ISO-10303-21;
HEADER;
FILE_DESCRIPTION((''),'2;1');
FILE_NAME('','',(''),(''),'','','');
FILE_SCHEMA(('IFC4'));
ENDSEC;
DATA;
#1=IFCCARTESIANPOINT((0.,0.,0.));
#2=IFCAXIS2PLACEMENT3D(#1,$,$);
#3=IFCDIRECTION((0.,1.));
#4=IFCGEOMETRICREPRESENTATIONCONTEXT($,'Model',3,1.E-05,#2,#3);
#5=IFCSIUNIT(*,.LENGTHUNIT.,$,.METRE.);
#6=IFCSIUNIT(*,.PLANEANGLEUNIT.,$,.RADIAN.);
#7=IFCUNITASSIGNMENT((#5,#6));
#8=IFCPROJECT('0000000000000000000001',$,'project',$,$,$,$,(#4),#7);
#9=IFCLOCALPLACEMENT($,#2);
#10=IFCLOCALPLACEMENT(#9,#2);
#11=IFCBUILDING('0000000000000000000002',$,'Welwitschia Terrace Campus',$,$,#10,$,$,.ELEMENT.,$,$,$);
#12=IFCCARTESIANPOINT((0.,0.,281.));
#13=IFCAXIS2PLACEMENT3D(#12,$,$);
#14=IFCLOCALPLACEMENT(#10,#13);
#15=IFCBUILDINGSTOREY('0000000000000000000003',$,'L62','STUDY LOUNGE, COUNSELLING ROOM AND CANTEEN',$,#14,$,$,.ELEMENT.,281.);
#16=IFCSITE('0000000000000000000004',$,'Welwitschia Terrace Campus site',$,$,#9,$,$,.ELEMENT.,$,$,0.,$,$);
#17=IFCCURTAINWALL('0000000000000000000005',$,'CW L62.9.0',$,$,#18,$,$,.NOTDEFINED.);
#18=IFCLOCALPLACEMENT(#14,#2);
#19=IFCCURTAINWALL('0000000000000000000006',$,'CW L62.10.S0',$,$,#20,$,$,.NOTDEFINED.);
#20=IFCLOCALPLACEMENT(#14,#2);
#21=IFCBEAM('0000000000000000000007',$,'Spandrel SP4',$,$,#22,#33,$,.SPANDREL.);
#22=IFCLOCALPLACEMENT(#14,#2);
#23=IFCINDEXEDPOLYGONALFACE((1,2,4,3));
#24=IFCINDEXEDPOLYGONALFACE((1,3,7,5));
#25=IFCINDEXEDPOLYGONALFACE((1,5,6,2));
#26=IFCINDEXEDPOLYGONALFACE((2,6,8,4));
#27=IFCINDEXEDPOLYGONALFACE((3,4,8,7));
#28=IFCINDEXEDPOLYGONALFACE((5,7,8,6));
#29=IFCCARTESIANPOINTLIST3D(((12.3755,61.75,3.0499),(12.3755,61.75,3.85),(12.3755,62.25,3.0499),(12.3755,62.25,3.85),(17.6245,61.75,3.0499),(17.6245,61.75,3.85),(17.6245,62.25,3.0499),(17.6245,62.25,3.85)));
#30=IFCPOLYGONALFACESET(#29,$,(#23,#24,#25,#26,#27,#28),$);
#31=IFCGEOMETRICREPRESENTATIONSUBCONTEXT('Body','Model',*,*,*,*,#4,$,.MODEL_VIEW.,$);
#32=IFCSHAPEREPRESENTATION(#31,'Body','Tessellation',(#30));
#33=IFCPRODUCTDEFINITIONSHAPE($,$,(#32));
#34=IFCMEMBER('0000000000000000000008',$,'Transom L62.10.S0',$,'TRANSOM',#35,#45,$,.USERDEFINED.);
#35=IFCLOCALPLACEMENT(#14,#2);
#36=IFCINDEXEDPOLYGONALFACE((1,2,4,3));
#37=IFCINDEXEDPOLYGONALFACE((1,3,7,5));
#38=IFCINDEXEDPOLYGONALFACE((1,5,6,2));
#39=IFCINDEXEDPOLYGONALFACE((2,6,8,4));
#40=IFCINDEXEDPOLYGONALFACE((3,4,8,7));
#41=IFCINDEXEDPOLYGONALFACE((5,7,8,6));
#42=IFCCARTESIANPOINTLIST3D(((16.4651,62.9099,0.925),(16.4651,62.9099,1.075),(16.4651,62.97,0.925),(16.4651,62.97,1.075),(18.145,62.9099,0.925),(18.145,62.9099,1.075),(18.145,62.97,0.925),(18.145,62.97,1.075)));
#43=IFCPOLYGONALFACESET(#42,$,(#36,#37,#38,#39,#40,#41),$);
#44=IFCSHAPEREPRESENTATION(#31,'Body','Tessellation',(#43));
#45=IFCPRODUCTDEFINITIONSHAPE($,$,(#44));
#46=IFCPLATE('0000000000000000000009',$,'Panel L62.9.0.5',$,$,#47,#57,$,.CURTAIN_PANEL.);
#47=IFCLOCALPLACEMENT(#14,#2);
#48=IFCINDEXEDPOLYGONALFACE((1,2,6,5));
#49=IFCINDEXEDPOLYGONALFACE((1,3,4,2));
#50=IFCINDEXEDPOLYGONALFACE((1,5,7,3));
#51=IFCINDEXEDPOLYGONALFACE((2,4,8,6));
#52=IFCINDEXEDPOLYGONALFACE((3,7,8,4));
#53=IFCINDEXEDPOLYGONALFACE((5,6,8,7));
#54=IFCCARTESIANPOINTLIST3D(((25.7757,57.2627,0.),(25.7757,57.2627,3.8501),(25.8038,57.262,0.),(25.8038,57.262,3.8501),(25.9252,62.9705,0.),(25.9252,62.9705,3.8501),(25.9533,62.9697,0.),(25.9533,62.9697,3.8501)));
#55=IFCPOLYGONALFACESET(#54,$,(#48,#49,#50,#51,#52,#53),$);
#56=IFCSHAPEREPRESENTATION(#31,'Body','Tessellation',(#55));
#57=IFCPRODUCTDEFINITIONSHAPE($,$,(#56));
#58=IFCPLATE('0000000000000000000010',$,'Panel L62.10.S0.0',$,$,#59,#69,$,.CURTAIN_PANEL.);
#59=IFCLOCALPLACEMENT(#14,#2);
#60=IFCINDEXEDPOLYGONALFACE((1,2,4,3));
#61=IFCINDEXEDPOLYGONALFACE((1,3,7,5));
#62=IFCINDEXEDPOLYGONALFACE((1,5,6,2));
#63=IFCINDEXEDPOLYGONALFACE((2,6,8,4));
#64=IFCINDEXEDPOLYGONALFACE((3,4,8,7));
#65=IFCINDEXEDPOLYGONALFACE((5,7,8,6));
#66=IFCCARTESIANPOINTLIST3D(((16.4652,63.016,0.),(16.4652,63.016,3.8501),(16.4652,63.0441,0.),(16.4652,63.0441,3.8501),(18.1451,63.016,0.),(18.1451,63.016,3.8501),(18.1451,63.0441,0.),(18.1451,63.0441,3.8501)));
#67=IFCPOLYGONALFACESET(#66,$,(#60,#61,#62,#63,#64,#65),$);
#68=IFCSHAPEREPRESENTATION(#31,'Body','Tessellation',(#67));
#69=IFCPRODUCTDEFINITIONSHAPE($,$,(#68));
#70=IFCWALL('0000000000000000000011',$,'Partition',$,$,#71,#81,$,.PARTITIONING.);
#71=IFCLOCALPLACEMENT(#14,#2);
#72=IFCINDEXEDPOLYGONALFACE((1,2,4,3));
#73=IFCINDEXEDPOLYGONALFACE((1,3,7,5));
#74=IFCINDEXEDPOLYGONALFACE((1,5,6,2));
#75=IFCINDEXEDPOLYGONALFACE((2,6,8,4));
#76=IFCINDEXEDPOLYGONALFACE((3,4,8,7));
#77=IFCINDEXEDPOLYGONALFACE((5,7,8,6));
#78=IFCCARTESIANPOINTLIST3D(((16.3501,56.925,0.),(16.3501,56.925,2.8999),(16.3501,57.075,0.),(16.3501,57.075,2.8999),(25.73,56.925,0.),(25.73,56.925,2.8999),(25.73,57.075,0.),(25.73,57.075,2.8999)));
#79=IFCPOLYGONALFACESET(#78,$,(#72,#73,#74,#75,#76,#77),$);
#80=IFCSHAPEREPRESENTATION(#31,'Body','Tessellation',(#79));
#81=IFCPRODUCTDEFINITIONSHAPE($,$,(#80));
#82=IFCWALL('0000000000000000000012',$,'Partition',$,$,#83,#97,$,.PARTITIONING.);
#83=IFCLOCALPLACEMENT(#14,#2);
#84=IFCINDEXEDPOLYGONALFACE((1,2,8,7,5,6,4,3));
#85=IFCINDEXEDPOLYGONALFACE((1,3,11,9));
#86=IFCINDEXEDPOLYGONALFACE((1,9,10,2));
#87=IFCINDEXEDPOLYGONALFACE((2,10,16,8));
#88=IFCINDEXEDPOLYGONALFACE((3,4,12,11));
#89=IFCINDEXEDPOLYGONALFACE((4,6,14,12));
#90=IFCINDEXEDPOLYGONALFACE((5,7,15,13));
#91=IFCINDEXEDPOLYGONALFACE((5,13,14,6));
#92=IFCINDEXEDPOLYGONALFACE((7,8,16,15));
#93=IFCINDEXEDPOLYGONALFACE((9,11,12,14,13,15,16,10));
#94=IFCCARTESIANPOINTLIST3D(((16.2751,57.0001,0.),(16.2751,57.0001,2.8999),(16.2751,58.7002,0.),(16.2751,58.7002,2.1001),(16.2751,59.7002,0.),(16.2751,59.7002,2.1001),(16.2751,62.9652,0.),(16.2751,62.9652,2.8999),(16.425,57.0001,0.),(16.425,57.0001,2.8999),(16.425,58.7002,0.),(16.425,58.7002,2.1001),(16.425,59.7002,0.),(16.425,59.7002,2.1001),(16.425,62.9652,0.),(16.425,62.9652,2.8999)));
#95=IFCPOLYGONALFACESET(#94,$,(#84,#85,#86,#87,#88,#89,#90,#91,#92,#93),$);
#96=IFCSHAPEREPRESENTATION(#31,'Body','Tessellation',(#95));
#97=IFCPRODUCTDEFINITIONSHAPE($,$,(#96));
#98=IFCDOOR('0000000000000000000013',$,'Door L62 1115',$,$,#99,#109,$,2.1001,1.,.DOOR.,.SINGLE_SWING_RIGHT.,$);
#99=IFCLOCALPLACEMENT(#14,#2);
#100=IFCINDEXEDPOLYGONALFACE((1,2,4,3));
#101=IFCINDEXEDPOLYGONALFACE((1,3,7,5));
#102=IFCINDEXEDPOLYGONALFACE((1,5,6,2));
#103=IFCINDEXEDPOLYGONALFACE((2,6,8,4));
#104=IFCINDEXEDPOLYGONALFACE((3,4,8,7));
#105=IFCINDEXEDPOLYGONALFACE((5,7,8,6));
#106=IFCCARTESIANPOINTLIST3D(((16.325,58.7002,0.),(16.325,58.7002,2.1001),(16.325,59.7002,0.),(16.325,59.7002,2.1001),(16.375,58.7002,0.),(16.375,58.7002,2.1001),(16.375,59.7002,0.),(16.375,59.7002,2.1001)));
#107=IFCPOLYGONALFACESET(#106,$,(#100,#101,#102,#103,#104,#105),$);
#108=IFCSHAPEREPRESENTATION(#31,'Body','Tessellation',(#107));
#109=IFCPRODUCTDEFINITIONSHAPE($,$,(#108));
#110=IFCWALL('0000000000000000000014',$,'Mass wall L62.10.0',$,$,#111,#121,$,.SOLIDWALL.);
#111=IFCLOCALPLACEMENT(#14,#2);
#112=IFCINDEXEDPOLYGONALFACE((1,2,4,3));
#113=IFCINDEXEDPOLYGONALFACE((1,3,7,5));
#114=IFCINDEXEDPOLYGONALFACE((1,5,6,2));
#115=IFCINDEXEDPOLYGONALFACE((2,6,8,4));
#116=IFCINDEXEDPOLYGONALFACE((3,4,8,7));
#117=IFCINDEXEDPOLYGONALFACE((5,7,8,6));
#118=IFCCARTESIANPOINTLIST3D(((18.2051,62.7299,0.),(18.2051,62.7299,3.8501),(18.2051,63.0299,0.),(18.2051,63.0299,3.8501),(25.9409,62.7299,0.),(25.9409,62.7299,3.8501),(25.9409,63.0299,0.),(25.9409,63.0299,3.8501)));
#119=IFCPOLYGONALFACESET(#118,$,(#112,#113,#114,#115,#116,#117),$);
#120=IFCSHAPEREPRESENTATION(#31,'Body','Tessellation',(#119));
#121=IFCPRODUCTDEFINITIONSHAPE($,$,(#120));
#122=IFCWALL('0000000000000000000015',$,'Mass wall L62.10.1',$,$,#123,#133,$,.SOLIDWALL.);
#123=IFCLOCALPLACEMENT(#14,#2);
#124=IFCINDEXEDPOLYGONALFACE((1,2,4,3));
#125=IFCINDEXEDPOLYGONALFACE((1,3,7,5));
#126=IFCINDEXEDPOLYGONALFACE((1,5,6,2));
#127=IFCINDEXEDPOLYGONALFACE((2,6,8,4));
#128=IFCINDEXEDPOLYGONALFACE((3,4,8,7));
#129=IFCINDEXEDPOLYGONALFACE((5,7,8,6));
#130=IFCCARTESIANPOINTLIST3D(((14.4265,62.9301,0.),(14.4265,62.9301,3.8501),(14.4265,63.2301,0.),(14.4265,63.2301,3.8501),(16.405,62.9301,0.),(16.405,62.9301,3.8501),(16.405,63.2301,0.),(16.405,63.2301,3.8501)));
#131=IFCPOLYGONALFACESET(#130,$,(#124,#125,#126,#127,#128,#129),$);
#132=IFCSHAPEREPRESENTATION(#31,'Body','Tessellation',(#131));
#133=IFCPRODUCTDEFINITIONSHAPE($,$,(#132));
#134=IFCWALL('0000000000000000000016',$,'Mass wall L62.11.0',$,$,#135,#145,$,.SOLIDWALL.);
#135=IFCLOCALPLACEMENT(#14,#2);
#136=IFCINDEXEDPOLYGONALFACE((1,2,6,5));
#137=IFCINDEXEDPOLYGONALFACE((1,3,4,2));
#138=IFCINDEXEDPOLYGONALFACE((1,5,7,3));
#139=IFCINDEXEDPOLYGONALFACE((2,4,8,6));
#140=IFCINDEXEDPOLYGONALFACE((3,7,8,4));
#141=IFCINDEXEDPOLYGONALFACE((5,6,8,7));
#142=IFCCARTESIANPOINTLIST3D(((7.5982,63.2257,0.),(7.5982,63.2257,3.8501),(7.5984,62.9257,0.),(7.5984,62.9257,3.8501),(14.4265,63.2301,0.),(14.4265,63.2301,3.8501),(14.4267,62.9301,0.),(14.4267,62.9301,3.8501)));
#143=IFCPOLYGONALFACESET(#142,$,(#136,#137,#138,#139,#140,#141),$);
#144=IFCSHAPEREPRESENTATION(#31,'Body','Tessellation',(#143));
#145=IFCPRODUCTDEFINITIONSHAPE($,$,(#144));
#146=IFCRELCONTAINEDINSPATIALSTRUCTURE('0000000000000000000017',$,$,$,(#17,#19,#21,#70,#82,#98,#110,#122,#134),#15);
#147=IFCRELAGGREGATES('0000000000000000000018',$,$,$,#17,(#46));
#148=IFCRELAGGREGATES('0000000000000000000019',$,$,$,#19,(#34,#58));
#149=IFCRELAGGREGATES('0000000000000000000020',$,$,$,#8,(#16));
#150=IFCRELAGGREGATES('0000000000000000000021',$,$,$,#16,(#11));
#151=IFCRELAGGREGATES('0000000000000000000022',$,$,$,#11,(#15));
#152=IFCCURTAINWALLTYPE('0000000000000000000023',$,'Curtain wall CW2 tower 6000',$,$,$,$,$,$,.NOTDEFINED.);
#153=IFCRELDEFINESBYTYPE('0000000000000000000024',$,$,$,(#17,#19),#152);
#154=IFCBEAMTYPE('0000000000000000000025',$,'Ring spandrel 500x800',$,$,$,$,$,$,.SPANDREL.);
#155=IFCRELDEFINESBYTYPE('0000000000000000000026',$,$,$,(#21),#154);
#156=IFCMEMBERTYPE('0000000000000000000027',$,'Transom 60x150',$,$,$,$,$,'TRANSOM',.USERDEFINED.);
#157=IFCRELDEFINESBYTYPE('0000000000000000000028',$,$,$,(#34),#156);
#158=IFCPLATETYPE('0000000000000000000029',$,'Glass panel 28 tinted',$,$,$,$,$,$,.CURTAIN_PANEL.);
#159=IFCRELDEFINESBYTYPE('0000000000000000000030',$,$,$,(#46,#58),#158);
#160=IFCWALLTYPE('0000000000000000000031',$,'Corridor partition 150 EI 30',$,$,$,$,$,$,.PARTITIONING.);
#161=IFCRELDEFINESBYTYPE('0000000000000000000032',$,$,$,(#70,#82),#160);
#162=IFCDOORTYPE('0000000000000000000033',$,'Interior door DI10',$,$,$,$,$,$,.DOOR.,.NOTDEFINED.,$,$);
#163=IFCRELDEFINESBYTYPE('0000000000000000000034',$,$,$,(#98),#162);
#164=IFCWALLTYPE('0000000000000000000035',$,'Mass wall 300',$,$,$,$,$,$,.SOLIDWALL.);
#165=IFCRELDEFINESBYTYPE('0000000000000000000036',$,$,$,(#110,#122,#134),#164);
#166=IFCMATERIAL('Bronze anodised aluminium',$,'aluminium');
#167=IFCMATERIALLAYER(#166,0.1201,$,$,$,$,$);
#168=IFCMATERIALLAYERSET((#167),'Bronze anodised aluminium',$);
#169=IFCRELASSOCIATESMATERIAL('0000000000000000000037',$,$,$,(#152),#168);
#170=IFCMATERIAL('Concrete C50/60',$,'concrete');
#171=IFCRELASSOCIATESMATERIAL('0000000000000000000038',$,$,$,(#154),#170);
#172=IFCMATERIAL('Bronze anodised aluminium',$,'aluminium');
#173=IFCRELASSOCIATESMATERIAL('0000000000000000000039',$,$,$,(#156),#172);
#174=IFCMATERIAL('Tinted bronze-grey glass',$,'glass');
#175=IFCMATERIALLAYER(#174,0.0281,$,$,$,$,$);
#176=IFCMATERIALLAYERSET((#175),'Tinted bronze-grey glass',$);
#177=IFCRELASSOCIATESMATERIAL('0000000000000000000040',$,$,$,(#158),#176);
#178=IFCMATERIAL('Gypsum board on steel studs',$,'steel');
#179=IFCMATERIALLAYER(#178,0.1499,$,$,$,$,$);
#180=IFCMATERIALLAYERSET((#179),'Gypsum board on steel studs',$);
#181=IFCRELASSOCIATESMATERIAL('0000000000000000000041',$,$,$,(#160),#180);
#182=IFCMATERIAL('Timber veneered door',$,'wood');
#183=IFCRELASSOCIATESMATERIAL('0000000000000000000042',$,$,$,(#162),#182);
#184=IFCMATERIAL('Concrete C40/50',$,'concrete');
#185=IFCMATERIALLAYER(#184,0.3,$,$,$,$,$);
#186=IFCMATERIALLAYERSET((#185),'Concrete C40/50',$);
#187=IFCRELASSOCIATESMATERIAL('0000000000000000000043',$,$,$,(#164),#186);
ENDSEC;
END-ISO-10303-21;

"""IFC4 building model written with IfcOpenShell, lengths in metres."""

from ifc_helpers import new_model, si_unit, direction, frame, frame_2d, origin, origin_2d, place, context, subcontext, project, spatial, rectangle, extrude, material, layer, layer_set, material_profile, profile_set, type_object, element, fill, aggregate, save


model = new_model("IFC4")

# Units and contexts
model_context = context("Model", 3, precision=1e-05, world=origin(), true_north=direction((0.0, 1.0)))
body_context = subcontext(model_context, "Body", "Model", "MODEL_VIEW")
ifc_project = project(units=[si_unit("LENGTHUNIT", "METRE"), si_unit("PLANEANGLEUNIT", "RADIAN")], contexts=[model_context])

# Site, building, storey
site_placement = place(None, origin())
site = spatial("IfcSite", under=ifc_project, at=site_placement, Name="Welwitschia Terrace Campus site", CompositionType="ELEMENT", RefElevation=0.0)
building_placement = place(site_placement, origin())
building = spatial("IfcBuilding", under=site, at=building_placement, Name="Welwitschia Terrace Campus", CompositionType="ELEMENT")
storey_placement = place(building_placement, frame((0.0, 0.0, 281.0)))
storey = spatial("IfcBuildingStorey", under=building, at=storey_placement, Name="L62", Description="STUDY LOUNGE, COUNSELLING ROOM AND CANTEEN", CompositionType="ELEMENT", Elevation=281.0)

# Curtain walls
ifc_material_1 = material(Name="Bronze anodised aluminium", Category="aluminium")
ifc_layer_1 = layer(ifc_material_1, 0.1201)
ifc_layer_set_1 = layer_set([ifc_layer_1], Name="Bronze anodised aluminium")
curtain_wall_type = type_object("IfcCurtainWallType", Name="Curtain wall CW2 tower 6000", PredefinedType="NOTDEFINED", material=ifc_layer_set_1)
curtain_wall_1_placement = place(storey_placement, origin())
curtain_wall_1 = element("IfcCurtainWall", 1, at=curtain_wall_1_placement, inside=storey, type_object=curtain_wall_type, Name="CW L62.9.0", PredefinedType="NOTDEFINED")
curtain_wall_2_placement = place(storey_placement, origin())
curtain_wall_2 = element("IfcCurtainWall", 2, at=curtain_wall_2_placement, inside=storey, type_object=curtain_wall_type, Name="CW L62.10.S0", PredefinedType="NOTDEFINED")

# Beam
ifc_material_2 = material(Name="Concrete C50/60", Category="concrete")
ifc_material_profile_1 = material_profile(ifc_material_2, rectangle(XDim=0.5, YDim=0.8, at=origin_2d()))
ifc_profile_set_1 = profile_set([ifc_material_profile_1], Name="Concrete C50/60")
beam_type_1 = type_object("IfcBeamType", Name="Ring spandrel 500x800", PredefinedType="SPANDREL", material=ifc_profile_set_1)
beam_1_placement = place(storey_placement, frame((17.6245, 62.0, 3.45), z_axis=(-1.0, 0.0, 0.0), x_axis=(0.0, -1.0, 0.0)))
element("IfcBeam", 3, at=beam_1_placement, inside=storey, type_object=beam_type_1, Name="Spandrel SP4", PredefinedType="SPANDREL", context=body_context, shape_type="SweptSolid", body=[
    extrude(rectangle(XDim=0.5, YDim=0.8, at=origin_2d()), origin(), (0.0, 0.0, 1.0), 5.249),
])

# Member
ifc_material_3 = material(Name="Bronze anodised aluminium", Category="aluminium")
ifc_material_profile_2 = material_profile(ifc_material_3, rectangle(XDim=0.0601, YDim=0.1499, at=origin_2d()))
ifc_profile_set_2 = profile_set([ifc_material_profile_2], Name="Bronze anodised aluminium")
member_type_1 = type_object("IfcMemberType", Name="Transom 60x150", ElementType="TRANSOM", PredefinedType="USERDEFINED", material=ifc_profile_set_2)
member_1_placement = place(storey_placement, frame((18.145, 62.9399, 1.0), z_axis=(-1.0, 0.0, 0.0), x_axis=(0.0, -1.0, 0.0)))
member_1 = element("IfcMember", 4, at=member_1_placement, type_object=member_type_1, Name="Transom L62.10.S0", ObjectType="TRANSOM", PredefinedType="USERDEFINED", context=body_context, shape_type="SweptSolid", body=[
    extrude(rectangle(XDim=0.0601, YDim=0.1499, at=origin_2d()), origin(), (0.0, 0.0, 1.0), 1.6799),
])

# Plates
ifc_material_4 = material(Name="Tinted bronze-grey glass", Category="glass")
ifc_layer_2 = layer(ifc_material_4, 0.0281)
ifc_layer_set_2 = layer_set([ifc_layer_2], Name="Tinted bronze-grey glass")
plate_type = type_object("IfcPlateType", Name="Glass panel 28 tinted", PredefinedType="CURTAIN_PANEL", material=ifc_layer_set_2)
plate_1_placement = place(storey_placement, frame((25.8645, 60.1162, 0.0), z_axis=(0.0, 0.0, 1.0), x_axis=(0.026177, 0.999657, 0.0)))
plate_1 = element("IfcPlate", 5, at=plate_1_placement, type_object=plate_type, Name="Panel L62.9.0.5", PredefinedType="CURTAIN_PANEL", context=body_context, shape_type="SweptSolid", body=[
    extrude(rectangle(XDim=5.7097, YDim=0.0281, at=origin_2d()), origin(), (0.0, 0.0, 1.0), 3.8501),
])
aggregate(curtain_wall_1, [plate_1])
plate_2_placement = place(storey_placement, frame((17.3052, 63.03, 0.0), z_axis=(0.0, 0.0, 1.0), x_axis=(-1.0, 0.0, 0.0)))
plate_2 = element("IfcPlate", 6, at=plate_2_placement, type_object=plate_type, Name="Panel L62.10.S0.0", PredefinedType="CURTAIN_PANEL", context=body_context, shape_type="SweptSolid", body=[
    extrude(rectangle(XDim=1.6799, YDim=0.0281, at=origin_2d()), origin(), (0.0, 0.0, 1.0), 3.8501),
])
aggregate(curtain_wall_2, [member_1, plate_2])

# Wall
ifc_material_5 = material(Name="Gypsum board on steel studs", Category="steel")
ifc_layer_3 = layer(ifc_material_5, 0.1499)
ifc_layer_set_3 = layer_set([ifc_layer_3], Name="Gypsum board on steel studs")
wall_type_1 = type_object("IfcWallType", Name="Corridor partition 150 EI 30", PredefinedType="PARTITIONING", material=ifc_layer_set_3)
wall_1_placement = place(storey_placement, frame((16.3501, 57.0, 0.0), z_axis=(0.0, 0.0, 1.0), x_axis=(1.0, 0.0, 0.0)))
element("IfcWall", 7, at=wall_1_placement, inside=storey, type_object=wall_type_1, Name="Partition", PredefinedType="PARTITIONING", context=body_context, shape_type="SweptSolid", body=[
    extrude(rectangle(XDim=9.3799, YDim=0.1499, at=frame_2d((4.6899, 0.0))), origin(), (0.0, 0.0, 1.0), 2.8999),
])

# Wall, opening, door
wall_2_placement = place(storey_placement, frame((16.3501, 62.9651, 0.0), z_axis=(0.0, 0.0, 1.0), x_axis=(0.0, -1.0, 0.0)))
wall_2 = element("IfcWall", 8, at=wall_2_placement, inside=storey, type_object=wall_type_1, Name="Partition", PredefinedType="PARTITIONING", context=body_context, shape_type="SweptSolid", body=[
    extrude(rectangle(XDim=5.9651, YDim=0.1499, at=frame_2d((2.9824, 0.0))), origin(), (0.0, 0.0, 1.0), 2.8999),
])
opening_placement = place(wall_2_placement, frame((3.2649, 0.0, 0.0)))
opening = element("IfcOpeningElement", 9, at=opening_placement, cuts=wall_2, PredefinedType="OPENING", context=body_context, shape_type="SweptSolid", body=[
    extrude(rectangle(XDim=1.0, YDim=2.1001, at=frame_2d((0.5, 1.05))), frame((0.0, 0.085, 0.0), z_axis=(0.0, -1.0, 0.0), x_axis=(1.0, 0.0, 0.0)), (0.0, 0.0, 1.0), 0.1699),
])
ifc_material_6 = material(Name="Timber veneered door", Category="wood")
door_type = type_object("IfcDoorType", Name="Interior door DI10", OperationType="NOTDEFINED", PredefinedType="DOOR", material=ifc_material_6)
door_placement = place(opening_placement, origin())
door = element("IfcDoor", 10, at=door_placement, inside=storey, type_object=door_type, Name="Door L62 1115", OperationType="SINGLE_SWING_RIGHT", OverallHeight=2.1001, OverallWidth=1.0, PredefinedType="DOOR", context=body_context, shape_type="SweptSolid", body=[
    extrude(rectangle(XDim=1.0, YDim=2.1001, at=frame_2d((0.5, 1.05))), frame((0.0, 0.0249, 0.0), z_axis=(0.0, -1.0, 0.0), x_axis=(1.0, 0.0, 0.0)), (0.0, 0.0, 1.0), 0.05),
])
fill(opening, door)

# Walls
ifc_material_7 = material(Name="Concrete C40/50", Category="concrete")
ifc_layer_4 = layer(ifc_material_7, 0.3)
ifc_layer_set_4 = layer_set([ifc_layer_4], Name="Concrete C40/50")
wall_type_2 = type_object("IfcWallType", Name="Mass wall 300", PredefinedType="SOLIDWALL", material=ifc_layer_set_4)
wall_3_placement = place(storey_placement, frame((25.9409, 62.8799, 0.0), z_axis=(0.0, 0.0, 1.0), x_axis=(-1.0, 0.0, 0.0)))
element("IfcWall", 11, at=wall_3_placement, inside=storey, type_object=wall_type_2, Name="Mass wall L62.10.0", PredefinedType="SOLIDWALL", context=body_context, shape_type="SweptSolid", body=[
    extrude(rectangle(XDim=7.7358, YDim=0.3, at=frame_2d((3.8679, 0.0))), origin(), (0.0, 0.0, 1.0), 3.8501),
])
wall_4_placement = place(storey_placement, frame((16.405, 63.0801, 0.0), z_axis=(0.0, 0.0, 1.0), x_axis=(-1.0, 0.0, 0.0)))
element("IfcWall", 12, at=wall_4_placement, inside=storey, type_object=wall_type_2, Name="Mass wall L62.10.1", PredefinedType="SOLIDWALL", context=body_context, shape_type="SweptSolid", body=[
    extrude(rectangle(XDim=1.9785, YDim=0.3, at=frame_2d((0.9893, 0.0))), origin(), (0.0, 0.0, 1.0), 3.8501),
])
wall_5_placement = place(storey_placement, frame((14.4265, 63.0801, 0.0), z_axis=(0.0, 0.0, 1.0), x_axis=(-1.0, -0.000644, 0.0)))
element("IfcWall", 13, at=wall_5_placement, inside=storey, type_object=wall_type_2, Name="Mass wall L62.11.0", PredefinedType="SOLIDWALL", context=body_context, shape_type="SweptSolid", body=[
    extrude(rectangle(XDim=6.8284, YDim=0.3, at=frame_2d((3.4141, 0.0))), origin(), (0.0, 0.0, 1.0), 3.8501),
])

save(model, "model.ifc")
